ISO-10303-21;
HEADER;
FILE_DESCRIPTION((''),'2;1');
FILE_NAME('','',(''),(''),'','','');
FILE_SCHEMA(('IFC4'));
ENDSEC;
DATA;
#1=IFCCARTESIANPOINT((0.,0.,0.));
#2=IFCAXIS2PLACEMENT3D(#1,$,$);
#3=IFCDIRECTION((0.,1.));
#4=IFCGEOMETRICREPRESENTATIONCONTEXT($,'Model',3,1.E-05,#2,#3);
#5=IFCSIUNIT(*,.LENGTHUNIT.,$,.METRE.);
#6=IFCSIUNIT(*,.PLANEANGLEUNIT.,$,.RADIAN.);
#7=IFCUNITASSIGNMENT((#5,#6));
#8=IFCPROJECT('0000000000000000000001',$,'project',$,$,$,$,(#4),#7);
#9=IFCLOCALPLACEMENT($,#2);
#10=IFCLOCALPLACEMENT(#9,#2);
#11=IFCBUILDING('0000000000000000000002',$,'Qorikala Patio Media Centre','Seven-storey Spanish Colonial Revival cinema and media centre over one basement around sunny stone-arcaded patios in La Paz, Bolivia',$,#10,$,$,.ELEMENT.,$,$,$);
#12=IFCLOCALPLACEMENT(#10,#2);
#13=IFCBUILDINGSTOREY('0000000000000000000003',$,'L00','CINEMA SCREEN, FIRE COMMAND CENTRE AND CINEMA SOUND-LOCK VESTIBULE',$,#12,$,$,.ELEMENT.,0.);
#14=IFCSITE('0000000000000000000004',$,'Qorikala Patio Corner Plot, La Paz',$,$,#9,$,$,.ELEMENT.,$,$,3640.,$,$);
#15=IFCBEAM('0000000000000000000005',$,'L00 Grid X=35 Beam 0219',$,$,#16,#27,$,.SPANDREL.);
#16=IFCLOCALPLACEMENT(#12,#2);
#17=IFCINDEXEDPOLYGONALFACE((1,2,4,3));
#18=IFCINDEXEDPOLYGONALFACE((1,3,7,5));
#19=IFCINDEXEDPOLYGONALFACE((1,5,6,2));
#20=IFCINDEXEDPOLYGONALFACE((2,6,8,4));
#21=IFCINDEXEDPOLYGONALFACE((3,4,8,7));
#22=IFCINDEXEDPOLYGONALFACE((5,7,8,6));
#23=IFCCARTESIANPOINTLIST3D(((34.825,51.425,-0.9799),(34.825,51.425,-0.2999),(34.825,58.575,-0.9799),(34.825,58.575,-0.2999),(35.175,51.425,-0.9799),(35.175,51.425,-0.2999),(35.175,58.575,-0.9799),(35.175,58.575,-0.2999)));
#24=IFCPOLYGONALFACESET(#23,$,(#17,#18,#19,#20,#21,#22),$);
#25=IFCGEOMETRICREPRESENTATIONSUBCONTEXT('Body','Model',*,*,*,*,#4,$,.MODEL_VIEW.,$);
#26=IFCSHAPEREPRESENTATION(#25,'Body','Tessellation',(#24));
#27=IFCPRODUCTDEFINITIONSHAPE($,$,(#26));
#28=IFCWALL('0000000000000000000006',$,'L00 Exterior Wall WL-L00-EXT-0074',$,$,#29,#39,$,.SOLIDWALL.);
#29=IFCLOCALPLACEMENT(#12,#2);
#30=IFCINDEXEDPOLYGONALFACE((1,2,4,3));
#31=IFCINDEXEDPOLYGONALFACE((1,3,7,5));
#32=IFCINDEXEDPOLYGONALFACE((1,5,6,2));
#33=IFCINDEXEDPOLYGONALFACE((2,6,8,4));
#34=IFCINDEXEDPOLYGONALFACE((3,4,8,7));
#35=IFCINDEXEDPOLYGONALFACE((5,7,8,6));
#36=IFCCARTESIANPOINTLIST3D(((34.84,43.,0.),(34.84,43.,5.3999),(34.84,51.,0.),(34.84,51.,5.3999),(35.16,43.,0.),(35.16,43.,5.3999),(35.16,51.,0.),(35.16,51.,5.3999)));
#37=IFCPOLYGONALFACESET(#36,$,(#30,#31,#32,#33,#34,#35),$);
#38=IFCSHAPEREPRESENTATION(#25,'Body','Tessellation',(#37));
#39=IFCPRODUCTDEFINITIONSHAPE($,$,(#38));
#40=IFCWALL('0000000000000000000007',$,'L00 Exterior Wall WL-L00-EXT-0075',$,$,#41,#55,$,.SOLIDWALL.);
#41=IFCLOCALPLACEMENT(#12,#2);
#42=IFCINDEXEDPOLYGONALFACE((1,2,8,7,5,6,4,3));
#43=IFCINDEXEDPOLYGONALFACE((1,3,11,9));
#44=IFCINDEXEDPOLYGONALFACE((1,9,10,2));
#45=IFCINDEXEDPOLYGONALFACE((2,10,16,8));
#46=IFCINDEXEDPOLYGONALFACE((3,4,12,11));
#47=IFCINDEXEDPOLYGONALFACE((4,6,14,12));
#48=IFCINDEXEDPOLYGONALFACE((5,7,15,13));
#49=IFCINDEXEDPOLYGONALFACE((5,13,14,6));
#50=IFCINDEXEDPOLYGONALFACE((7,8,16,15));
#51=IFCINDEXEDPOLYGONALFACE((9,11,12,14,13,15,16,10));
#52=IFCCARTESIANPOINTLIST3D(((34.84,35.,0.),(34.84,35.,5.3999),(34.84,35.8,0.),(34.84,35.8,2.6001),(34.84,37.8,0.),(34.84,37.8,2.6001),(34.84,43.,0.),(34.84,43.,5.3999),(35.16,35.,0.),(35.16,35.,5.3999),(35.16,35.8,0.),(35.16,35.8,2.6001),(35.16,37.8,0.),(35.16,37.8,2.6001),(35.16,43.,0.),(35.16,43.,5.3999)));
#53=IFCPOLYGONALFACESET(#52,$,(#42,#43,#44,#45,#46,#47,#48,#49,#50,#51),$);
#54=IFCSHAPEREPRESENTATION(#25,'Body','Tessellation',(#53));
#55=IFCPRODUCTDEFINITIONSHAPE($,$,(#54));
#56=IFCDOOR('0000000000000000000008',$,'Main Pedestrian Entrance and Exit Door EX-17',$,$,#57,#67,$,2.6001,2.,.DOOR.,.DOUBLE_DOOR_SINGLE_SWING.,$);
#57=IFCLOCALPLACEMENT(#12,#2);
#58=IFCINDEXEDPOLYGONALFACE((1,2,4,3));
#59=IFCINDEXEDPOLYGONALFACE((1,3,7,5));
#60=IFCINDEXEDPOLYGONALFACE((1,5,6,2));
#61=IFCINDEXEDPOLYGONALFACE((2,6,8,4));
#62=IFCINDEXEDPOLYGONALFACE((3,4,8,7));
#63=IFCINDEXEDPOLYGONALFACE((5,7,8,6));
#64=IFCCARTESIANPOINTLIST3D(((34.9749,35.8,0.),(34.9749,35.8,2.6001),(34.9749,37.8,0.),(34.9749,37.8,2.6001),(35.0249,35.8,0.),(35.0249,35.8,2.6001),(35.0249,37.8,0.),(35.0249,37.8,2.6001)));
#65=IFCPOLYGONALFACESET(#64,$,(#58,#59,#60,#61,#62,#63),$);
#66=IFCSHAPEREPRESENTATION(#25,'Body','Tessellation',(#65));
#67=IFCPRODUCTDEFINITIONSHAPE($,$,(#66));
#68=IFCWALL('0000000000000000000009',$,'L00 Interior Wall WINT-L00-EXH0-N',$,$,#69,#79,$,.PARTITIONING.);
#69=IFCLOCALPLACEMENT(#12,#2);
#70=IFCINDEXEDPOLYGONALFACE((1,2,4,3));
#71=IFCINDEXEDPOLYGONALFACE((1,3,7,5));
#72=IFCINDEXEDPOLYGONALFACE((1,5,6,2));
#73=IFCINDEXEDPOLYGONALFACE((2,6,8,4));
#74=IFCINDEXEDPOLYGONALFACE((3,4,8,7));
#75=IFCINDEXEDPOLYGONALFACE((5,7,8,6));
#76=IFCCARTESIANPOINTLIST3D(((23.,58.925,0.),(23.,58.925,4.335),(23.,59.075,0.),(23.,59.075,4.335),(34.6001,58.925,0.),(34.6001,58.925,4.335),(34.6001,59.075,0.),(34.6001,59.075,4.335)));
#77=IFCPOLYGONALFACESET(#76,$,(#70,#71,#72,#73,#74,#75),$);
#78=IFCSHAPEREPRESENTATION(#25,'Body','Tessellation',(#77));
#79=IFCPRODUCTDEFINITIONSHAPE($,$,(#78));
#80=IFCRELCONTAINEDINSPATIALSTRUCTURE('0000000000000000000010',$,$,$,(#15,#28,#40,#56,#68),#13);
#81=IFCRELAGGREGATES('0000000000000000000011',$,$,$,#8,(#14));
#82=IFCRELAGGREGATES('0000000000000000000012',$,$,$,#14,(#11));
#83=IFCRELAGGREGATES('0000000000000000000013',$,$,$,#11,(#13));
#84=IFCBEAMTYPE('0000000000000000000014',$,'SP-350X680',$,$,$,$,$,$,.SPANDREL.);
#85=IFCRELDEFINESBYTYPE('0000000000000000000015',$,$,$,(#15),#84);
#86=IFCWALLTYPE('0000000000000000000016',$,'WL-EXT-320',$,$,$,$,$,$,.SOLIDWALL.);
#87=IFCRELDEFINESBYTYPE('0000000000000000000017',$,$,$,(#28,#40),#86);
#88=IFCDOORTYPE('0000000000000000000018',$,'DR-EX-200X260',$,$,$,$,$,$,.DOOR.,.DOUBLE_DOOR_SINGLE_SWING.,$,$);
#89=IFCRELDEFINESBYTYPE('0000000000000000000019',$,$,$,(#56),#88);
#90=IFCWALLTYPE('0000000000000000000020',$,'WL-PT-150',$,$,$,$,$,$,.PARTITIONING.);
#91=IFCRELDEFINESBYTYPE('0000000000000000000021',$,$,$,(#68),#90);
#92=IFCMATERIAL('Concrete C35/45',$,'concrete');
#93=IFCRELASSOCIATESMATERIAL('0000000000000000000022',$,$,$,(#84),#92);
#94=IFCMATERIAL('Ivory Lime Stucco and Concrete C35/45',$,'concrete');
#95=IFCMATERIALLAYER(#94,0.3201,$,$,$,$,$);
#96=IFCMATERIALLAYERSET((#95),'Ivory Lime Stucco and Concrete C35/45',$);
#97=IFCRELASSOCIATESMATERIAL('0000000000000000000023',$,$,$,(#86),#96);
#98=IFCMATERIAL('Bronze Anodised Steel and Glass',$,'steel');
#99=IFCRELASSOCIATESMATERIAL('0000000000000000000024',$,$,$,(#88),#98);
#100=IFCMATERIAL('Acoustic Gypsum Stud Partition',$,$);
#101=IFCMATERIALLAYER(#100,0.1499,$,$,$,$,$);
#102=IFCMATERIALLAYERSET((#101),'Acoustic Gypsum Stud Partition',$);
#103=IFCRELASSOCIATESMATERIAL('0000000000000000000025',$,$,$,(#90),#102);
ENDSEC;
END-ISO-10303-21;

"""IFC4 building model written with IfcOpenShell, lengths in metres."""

from ifc_helpers import new_model, si_unit, direction, frame, frame_2d, origin, origin_2d, place, context, subcontext, project, spatial, rectangle, extrude, material, layer, layer_set, material_profile, profile_set, type_object, element, fill, save


model = new_model("IFC4")

# Units and contexts
model_context = context("Model", 3, precision=1e-05, world=origin(), true_north=direction((0.0, 1.0)))
body_context = subcontext(model_context, "Body", "Model", "MODEL_VIEW")
ifc_project = project(units=[si_unit("LENGTHUNIT", "METRE"), si_unit("PLANEANGLEUNIT", "RADIAN")], contexts=[model_context])

# Site, building, storey
site_placement = place(None, origin())
site = spatial("IfcSite", under=ifc_project, at=site_placement, Name="Qorikala Patio Corner Plot, La Paz", CompositionType="ELEMENT", RefElevation=3640.0)
building_placement = place(site_placement, origin())
building = spatial("IfcBuilding", under=site, at=building_placement, Name="Qorikala Patio Media Centre", Description="Seven-storey Spanish Colonial Revival cinema and media centre over one basement around sunny stone-arcaded patios in La Paz, Bolivia", CompositionType="ELEMENT")
storey_placement = place(building_placement, origin())
storey = spatial("IfcBuildingStorey", under=building, at=storey_placement, Name="L00", Description="CINEMA SCREEN, FIRE COMMAND CENTRE AND CINEMA SOUND-LOCK VESTIBULE", CompositionType="ELEMENT", Elevation=0.0)

# Shared definitions
ifc_material_1 = material(Name="Concrete C35/45", Category="concrete")

# Beam
ifc_material_profile_1 = material_profile(ifc_material_1, rectangle(XDim=0.3501, YDim=0.6799, at=origin_2d()), Name="RC 350x680")
ifc_profile_set_1 = profile_set([ifc_material_profile_1], Name="Concrete C35/45")
beam_type_1 = type_object("IfcBeamType", Name="SP-350X680", PredefinedType="SPANDREL", material=ifc_profile_set_1)
for number, where, z_axis, x_axis, name in (
    (1, (35.0, 51.425, -0.6399), (0.0, 1.0, 0.0), (-1.0, 0.0, 0.0), "L00 Grid X=35 Beam 0219"),
):
    element("IfcBeam", number, at=place(storey_placement, frame(where, z_axis=z_axis, x_axis=x_axis)), inside=storey, type_object=beam_type_1, Name=name, PredefinedType="SPANDREL", context=body_context, shape_type="SweptSolid", body=[
        extrude(rectangle(XDim=0.3501, YDim=0.6799, at=origin_2d()), origin(), (0.0, 0.0, 1.0), 7.1499),
    ])

# Wall
ifc_material_2 = material(Name="Ivory Lime Stucco and Concrete C35/45", Category="concrete")
ifc_layer_1 = layer(ifc_material_2, 0.3201)
ifc_layer_set_1 = layer_set([ifc_layer_1], Name="Ivory Lime Stucco and Concrete C35/45")
wall_type_1 = type_object("IfcWallType", Name="WL-EXT-320", PredefinedType="SOLIDWALL", material=ifc_layer_set_1)
wall_1_placement = place(storey_placement, frame((35.0, 51.0, 0.0), z_axis=(0.0, 0.0, 1.0), x_axis=(0.0, -1.0, 0.0)))
element("IfcWall", 2, at=wall_1_placement, inside=storey, type_object=wall_type_1, Name="L00 Exterior Wall WL-L00-EXT-0074", PredefinedType="SOLIDWALL", context=body_context, shape_type="SweptSolid", body=[
    extrude(rectangle(XDim=8.0, YDim=0.3201, at=frame_2d((4.0, 0.0))), origin(), (0.0, 0.0, 1.0), 5.3999),
])

# Wall, opening, door
wall_2_placement = place(storey_placement, frame((35.0, 43.0, 0.0), z_axis=(0.0, 0.0, 1.0), x_axis=(0.0, -1.0, 0.0)))
wall_2 = element("IfcWall", 3, at=wall_2_placement, inside=storey, type_object=wall_type_1, Name="L00 Exterior Wall WL-L00-EXT-0075", PredefinedType="SOLIDWALL", context=body_context, shape_type="SweptSolid", body=[
    extrude(rectangle(XDim=8.0, YDim=0.3201, at=frame_2d((4.0, 0.0))), origin(), (0.0, 0.0, 1.0), 5.3999),
])
opening_placement = place(wall_2_placement, frame((5.2, 0.0, 0.0)))
opening = element("IfcOpeningElement", 4, at=opening_placement, cuts=wall_2, PredefinedType="OPENING", context=body_context, shape_type="SweptSolid", body=[
    extrude(rectangle(XDim=2.0, YDim=2.6001, at=frame_2d((1.0, 1.3))), frame((0.0, 0.1699, 0.0), z_axis=(0.0, -1.0, 0.0), x_axis=(1.0, 0.0, 0.0)), (0.0, 0.0, 1.0), 0.3401),
])
ifc_material_3 = material(Name="Bronze Anodised Steel and Glass", Category="steel")
door_type = type_object("IfcDoorType", Name="DR-EX-200X260", OperationType="DOUBLE_DOOR_SINGLE_SWING", PredefinedType="DOOR", material=ifc_material_3)
door_placement = place(opening_placement, origin())
door = element("IfcDoor", 5, at=door_placement, inside=storey, type_object=door_type, Name="Main Pedestrian Entrance and Exit Door EX-17", OperationType="DOUBLE_DOOR_SINGLE_SWING", OverallHeight=2.6001, OverallWidth=2.0, PredefinedType="DOOR", context=body_context, shape_type="SweptSolid", body=[
    extrude(rectangle(XDim=2.0, YDim=2.6001, at=frame_2d((1.0, 1.3))), frame((0.0, 0.0249, 0.0), z_axis=(0.0, -1.0, 0.0), x_axis=(1.0, 0.0, 0.0)), (0.0, 0.0, 1.0), 0.05),
])
fill(opening, door)

# Wall
ifc_material_4 = material(Name="Acoustic Gypsum Stud Partition")
ifc_layer_2 = layer(ifc_material_4, 0.1499)
ifc_layer_set_2 = layer_set([ifc_layer_2], Name="Acoustic Gypsum Stud Partition")
wall_type_2 = type_object("IfcWallType", Name="WL-PT-150", PredefinedType="PARTITIONING", material=ifc_layer_set_2)
wall_3_placement = place(storey_placement, frame((23.0, 59.0, 0.0), z_axis=(0.0, 0.0, 1.0), x_axis=(1.0, 0.0, 0.0)))
element("IfcWall", 6, at=wall_3_placement, inside=storey, type_object=wall_type_2, Name="L00 Interior Wall WINT-L00-EXH0-N", PredefinedType="PARTITIONING", context=body_context, shape_type="SweptSolid", body=[
    extrude(rectangle(XDim=11.6001, YDim=0.1499, at=frame_2d((5.8, 0.0))), origin(), (0.0, 0.0, 1.0), 4.335),
])

save(model, "model.ifc")
